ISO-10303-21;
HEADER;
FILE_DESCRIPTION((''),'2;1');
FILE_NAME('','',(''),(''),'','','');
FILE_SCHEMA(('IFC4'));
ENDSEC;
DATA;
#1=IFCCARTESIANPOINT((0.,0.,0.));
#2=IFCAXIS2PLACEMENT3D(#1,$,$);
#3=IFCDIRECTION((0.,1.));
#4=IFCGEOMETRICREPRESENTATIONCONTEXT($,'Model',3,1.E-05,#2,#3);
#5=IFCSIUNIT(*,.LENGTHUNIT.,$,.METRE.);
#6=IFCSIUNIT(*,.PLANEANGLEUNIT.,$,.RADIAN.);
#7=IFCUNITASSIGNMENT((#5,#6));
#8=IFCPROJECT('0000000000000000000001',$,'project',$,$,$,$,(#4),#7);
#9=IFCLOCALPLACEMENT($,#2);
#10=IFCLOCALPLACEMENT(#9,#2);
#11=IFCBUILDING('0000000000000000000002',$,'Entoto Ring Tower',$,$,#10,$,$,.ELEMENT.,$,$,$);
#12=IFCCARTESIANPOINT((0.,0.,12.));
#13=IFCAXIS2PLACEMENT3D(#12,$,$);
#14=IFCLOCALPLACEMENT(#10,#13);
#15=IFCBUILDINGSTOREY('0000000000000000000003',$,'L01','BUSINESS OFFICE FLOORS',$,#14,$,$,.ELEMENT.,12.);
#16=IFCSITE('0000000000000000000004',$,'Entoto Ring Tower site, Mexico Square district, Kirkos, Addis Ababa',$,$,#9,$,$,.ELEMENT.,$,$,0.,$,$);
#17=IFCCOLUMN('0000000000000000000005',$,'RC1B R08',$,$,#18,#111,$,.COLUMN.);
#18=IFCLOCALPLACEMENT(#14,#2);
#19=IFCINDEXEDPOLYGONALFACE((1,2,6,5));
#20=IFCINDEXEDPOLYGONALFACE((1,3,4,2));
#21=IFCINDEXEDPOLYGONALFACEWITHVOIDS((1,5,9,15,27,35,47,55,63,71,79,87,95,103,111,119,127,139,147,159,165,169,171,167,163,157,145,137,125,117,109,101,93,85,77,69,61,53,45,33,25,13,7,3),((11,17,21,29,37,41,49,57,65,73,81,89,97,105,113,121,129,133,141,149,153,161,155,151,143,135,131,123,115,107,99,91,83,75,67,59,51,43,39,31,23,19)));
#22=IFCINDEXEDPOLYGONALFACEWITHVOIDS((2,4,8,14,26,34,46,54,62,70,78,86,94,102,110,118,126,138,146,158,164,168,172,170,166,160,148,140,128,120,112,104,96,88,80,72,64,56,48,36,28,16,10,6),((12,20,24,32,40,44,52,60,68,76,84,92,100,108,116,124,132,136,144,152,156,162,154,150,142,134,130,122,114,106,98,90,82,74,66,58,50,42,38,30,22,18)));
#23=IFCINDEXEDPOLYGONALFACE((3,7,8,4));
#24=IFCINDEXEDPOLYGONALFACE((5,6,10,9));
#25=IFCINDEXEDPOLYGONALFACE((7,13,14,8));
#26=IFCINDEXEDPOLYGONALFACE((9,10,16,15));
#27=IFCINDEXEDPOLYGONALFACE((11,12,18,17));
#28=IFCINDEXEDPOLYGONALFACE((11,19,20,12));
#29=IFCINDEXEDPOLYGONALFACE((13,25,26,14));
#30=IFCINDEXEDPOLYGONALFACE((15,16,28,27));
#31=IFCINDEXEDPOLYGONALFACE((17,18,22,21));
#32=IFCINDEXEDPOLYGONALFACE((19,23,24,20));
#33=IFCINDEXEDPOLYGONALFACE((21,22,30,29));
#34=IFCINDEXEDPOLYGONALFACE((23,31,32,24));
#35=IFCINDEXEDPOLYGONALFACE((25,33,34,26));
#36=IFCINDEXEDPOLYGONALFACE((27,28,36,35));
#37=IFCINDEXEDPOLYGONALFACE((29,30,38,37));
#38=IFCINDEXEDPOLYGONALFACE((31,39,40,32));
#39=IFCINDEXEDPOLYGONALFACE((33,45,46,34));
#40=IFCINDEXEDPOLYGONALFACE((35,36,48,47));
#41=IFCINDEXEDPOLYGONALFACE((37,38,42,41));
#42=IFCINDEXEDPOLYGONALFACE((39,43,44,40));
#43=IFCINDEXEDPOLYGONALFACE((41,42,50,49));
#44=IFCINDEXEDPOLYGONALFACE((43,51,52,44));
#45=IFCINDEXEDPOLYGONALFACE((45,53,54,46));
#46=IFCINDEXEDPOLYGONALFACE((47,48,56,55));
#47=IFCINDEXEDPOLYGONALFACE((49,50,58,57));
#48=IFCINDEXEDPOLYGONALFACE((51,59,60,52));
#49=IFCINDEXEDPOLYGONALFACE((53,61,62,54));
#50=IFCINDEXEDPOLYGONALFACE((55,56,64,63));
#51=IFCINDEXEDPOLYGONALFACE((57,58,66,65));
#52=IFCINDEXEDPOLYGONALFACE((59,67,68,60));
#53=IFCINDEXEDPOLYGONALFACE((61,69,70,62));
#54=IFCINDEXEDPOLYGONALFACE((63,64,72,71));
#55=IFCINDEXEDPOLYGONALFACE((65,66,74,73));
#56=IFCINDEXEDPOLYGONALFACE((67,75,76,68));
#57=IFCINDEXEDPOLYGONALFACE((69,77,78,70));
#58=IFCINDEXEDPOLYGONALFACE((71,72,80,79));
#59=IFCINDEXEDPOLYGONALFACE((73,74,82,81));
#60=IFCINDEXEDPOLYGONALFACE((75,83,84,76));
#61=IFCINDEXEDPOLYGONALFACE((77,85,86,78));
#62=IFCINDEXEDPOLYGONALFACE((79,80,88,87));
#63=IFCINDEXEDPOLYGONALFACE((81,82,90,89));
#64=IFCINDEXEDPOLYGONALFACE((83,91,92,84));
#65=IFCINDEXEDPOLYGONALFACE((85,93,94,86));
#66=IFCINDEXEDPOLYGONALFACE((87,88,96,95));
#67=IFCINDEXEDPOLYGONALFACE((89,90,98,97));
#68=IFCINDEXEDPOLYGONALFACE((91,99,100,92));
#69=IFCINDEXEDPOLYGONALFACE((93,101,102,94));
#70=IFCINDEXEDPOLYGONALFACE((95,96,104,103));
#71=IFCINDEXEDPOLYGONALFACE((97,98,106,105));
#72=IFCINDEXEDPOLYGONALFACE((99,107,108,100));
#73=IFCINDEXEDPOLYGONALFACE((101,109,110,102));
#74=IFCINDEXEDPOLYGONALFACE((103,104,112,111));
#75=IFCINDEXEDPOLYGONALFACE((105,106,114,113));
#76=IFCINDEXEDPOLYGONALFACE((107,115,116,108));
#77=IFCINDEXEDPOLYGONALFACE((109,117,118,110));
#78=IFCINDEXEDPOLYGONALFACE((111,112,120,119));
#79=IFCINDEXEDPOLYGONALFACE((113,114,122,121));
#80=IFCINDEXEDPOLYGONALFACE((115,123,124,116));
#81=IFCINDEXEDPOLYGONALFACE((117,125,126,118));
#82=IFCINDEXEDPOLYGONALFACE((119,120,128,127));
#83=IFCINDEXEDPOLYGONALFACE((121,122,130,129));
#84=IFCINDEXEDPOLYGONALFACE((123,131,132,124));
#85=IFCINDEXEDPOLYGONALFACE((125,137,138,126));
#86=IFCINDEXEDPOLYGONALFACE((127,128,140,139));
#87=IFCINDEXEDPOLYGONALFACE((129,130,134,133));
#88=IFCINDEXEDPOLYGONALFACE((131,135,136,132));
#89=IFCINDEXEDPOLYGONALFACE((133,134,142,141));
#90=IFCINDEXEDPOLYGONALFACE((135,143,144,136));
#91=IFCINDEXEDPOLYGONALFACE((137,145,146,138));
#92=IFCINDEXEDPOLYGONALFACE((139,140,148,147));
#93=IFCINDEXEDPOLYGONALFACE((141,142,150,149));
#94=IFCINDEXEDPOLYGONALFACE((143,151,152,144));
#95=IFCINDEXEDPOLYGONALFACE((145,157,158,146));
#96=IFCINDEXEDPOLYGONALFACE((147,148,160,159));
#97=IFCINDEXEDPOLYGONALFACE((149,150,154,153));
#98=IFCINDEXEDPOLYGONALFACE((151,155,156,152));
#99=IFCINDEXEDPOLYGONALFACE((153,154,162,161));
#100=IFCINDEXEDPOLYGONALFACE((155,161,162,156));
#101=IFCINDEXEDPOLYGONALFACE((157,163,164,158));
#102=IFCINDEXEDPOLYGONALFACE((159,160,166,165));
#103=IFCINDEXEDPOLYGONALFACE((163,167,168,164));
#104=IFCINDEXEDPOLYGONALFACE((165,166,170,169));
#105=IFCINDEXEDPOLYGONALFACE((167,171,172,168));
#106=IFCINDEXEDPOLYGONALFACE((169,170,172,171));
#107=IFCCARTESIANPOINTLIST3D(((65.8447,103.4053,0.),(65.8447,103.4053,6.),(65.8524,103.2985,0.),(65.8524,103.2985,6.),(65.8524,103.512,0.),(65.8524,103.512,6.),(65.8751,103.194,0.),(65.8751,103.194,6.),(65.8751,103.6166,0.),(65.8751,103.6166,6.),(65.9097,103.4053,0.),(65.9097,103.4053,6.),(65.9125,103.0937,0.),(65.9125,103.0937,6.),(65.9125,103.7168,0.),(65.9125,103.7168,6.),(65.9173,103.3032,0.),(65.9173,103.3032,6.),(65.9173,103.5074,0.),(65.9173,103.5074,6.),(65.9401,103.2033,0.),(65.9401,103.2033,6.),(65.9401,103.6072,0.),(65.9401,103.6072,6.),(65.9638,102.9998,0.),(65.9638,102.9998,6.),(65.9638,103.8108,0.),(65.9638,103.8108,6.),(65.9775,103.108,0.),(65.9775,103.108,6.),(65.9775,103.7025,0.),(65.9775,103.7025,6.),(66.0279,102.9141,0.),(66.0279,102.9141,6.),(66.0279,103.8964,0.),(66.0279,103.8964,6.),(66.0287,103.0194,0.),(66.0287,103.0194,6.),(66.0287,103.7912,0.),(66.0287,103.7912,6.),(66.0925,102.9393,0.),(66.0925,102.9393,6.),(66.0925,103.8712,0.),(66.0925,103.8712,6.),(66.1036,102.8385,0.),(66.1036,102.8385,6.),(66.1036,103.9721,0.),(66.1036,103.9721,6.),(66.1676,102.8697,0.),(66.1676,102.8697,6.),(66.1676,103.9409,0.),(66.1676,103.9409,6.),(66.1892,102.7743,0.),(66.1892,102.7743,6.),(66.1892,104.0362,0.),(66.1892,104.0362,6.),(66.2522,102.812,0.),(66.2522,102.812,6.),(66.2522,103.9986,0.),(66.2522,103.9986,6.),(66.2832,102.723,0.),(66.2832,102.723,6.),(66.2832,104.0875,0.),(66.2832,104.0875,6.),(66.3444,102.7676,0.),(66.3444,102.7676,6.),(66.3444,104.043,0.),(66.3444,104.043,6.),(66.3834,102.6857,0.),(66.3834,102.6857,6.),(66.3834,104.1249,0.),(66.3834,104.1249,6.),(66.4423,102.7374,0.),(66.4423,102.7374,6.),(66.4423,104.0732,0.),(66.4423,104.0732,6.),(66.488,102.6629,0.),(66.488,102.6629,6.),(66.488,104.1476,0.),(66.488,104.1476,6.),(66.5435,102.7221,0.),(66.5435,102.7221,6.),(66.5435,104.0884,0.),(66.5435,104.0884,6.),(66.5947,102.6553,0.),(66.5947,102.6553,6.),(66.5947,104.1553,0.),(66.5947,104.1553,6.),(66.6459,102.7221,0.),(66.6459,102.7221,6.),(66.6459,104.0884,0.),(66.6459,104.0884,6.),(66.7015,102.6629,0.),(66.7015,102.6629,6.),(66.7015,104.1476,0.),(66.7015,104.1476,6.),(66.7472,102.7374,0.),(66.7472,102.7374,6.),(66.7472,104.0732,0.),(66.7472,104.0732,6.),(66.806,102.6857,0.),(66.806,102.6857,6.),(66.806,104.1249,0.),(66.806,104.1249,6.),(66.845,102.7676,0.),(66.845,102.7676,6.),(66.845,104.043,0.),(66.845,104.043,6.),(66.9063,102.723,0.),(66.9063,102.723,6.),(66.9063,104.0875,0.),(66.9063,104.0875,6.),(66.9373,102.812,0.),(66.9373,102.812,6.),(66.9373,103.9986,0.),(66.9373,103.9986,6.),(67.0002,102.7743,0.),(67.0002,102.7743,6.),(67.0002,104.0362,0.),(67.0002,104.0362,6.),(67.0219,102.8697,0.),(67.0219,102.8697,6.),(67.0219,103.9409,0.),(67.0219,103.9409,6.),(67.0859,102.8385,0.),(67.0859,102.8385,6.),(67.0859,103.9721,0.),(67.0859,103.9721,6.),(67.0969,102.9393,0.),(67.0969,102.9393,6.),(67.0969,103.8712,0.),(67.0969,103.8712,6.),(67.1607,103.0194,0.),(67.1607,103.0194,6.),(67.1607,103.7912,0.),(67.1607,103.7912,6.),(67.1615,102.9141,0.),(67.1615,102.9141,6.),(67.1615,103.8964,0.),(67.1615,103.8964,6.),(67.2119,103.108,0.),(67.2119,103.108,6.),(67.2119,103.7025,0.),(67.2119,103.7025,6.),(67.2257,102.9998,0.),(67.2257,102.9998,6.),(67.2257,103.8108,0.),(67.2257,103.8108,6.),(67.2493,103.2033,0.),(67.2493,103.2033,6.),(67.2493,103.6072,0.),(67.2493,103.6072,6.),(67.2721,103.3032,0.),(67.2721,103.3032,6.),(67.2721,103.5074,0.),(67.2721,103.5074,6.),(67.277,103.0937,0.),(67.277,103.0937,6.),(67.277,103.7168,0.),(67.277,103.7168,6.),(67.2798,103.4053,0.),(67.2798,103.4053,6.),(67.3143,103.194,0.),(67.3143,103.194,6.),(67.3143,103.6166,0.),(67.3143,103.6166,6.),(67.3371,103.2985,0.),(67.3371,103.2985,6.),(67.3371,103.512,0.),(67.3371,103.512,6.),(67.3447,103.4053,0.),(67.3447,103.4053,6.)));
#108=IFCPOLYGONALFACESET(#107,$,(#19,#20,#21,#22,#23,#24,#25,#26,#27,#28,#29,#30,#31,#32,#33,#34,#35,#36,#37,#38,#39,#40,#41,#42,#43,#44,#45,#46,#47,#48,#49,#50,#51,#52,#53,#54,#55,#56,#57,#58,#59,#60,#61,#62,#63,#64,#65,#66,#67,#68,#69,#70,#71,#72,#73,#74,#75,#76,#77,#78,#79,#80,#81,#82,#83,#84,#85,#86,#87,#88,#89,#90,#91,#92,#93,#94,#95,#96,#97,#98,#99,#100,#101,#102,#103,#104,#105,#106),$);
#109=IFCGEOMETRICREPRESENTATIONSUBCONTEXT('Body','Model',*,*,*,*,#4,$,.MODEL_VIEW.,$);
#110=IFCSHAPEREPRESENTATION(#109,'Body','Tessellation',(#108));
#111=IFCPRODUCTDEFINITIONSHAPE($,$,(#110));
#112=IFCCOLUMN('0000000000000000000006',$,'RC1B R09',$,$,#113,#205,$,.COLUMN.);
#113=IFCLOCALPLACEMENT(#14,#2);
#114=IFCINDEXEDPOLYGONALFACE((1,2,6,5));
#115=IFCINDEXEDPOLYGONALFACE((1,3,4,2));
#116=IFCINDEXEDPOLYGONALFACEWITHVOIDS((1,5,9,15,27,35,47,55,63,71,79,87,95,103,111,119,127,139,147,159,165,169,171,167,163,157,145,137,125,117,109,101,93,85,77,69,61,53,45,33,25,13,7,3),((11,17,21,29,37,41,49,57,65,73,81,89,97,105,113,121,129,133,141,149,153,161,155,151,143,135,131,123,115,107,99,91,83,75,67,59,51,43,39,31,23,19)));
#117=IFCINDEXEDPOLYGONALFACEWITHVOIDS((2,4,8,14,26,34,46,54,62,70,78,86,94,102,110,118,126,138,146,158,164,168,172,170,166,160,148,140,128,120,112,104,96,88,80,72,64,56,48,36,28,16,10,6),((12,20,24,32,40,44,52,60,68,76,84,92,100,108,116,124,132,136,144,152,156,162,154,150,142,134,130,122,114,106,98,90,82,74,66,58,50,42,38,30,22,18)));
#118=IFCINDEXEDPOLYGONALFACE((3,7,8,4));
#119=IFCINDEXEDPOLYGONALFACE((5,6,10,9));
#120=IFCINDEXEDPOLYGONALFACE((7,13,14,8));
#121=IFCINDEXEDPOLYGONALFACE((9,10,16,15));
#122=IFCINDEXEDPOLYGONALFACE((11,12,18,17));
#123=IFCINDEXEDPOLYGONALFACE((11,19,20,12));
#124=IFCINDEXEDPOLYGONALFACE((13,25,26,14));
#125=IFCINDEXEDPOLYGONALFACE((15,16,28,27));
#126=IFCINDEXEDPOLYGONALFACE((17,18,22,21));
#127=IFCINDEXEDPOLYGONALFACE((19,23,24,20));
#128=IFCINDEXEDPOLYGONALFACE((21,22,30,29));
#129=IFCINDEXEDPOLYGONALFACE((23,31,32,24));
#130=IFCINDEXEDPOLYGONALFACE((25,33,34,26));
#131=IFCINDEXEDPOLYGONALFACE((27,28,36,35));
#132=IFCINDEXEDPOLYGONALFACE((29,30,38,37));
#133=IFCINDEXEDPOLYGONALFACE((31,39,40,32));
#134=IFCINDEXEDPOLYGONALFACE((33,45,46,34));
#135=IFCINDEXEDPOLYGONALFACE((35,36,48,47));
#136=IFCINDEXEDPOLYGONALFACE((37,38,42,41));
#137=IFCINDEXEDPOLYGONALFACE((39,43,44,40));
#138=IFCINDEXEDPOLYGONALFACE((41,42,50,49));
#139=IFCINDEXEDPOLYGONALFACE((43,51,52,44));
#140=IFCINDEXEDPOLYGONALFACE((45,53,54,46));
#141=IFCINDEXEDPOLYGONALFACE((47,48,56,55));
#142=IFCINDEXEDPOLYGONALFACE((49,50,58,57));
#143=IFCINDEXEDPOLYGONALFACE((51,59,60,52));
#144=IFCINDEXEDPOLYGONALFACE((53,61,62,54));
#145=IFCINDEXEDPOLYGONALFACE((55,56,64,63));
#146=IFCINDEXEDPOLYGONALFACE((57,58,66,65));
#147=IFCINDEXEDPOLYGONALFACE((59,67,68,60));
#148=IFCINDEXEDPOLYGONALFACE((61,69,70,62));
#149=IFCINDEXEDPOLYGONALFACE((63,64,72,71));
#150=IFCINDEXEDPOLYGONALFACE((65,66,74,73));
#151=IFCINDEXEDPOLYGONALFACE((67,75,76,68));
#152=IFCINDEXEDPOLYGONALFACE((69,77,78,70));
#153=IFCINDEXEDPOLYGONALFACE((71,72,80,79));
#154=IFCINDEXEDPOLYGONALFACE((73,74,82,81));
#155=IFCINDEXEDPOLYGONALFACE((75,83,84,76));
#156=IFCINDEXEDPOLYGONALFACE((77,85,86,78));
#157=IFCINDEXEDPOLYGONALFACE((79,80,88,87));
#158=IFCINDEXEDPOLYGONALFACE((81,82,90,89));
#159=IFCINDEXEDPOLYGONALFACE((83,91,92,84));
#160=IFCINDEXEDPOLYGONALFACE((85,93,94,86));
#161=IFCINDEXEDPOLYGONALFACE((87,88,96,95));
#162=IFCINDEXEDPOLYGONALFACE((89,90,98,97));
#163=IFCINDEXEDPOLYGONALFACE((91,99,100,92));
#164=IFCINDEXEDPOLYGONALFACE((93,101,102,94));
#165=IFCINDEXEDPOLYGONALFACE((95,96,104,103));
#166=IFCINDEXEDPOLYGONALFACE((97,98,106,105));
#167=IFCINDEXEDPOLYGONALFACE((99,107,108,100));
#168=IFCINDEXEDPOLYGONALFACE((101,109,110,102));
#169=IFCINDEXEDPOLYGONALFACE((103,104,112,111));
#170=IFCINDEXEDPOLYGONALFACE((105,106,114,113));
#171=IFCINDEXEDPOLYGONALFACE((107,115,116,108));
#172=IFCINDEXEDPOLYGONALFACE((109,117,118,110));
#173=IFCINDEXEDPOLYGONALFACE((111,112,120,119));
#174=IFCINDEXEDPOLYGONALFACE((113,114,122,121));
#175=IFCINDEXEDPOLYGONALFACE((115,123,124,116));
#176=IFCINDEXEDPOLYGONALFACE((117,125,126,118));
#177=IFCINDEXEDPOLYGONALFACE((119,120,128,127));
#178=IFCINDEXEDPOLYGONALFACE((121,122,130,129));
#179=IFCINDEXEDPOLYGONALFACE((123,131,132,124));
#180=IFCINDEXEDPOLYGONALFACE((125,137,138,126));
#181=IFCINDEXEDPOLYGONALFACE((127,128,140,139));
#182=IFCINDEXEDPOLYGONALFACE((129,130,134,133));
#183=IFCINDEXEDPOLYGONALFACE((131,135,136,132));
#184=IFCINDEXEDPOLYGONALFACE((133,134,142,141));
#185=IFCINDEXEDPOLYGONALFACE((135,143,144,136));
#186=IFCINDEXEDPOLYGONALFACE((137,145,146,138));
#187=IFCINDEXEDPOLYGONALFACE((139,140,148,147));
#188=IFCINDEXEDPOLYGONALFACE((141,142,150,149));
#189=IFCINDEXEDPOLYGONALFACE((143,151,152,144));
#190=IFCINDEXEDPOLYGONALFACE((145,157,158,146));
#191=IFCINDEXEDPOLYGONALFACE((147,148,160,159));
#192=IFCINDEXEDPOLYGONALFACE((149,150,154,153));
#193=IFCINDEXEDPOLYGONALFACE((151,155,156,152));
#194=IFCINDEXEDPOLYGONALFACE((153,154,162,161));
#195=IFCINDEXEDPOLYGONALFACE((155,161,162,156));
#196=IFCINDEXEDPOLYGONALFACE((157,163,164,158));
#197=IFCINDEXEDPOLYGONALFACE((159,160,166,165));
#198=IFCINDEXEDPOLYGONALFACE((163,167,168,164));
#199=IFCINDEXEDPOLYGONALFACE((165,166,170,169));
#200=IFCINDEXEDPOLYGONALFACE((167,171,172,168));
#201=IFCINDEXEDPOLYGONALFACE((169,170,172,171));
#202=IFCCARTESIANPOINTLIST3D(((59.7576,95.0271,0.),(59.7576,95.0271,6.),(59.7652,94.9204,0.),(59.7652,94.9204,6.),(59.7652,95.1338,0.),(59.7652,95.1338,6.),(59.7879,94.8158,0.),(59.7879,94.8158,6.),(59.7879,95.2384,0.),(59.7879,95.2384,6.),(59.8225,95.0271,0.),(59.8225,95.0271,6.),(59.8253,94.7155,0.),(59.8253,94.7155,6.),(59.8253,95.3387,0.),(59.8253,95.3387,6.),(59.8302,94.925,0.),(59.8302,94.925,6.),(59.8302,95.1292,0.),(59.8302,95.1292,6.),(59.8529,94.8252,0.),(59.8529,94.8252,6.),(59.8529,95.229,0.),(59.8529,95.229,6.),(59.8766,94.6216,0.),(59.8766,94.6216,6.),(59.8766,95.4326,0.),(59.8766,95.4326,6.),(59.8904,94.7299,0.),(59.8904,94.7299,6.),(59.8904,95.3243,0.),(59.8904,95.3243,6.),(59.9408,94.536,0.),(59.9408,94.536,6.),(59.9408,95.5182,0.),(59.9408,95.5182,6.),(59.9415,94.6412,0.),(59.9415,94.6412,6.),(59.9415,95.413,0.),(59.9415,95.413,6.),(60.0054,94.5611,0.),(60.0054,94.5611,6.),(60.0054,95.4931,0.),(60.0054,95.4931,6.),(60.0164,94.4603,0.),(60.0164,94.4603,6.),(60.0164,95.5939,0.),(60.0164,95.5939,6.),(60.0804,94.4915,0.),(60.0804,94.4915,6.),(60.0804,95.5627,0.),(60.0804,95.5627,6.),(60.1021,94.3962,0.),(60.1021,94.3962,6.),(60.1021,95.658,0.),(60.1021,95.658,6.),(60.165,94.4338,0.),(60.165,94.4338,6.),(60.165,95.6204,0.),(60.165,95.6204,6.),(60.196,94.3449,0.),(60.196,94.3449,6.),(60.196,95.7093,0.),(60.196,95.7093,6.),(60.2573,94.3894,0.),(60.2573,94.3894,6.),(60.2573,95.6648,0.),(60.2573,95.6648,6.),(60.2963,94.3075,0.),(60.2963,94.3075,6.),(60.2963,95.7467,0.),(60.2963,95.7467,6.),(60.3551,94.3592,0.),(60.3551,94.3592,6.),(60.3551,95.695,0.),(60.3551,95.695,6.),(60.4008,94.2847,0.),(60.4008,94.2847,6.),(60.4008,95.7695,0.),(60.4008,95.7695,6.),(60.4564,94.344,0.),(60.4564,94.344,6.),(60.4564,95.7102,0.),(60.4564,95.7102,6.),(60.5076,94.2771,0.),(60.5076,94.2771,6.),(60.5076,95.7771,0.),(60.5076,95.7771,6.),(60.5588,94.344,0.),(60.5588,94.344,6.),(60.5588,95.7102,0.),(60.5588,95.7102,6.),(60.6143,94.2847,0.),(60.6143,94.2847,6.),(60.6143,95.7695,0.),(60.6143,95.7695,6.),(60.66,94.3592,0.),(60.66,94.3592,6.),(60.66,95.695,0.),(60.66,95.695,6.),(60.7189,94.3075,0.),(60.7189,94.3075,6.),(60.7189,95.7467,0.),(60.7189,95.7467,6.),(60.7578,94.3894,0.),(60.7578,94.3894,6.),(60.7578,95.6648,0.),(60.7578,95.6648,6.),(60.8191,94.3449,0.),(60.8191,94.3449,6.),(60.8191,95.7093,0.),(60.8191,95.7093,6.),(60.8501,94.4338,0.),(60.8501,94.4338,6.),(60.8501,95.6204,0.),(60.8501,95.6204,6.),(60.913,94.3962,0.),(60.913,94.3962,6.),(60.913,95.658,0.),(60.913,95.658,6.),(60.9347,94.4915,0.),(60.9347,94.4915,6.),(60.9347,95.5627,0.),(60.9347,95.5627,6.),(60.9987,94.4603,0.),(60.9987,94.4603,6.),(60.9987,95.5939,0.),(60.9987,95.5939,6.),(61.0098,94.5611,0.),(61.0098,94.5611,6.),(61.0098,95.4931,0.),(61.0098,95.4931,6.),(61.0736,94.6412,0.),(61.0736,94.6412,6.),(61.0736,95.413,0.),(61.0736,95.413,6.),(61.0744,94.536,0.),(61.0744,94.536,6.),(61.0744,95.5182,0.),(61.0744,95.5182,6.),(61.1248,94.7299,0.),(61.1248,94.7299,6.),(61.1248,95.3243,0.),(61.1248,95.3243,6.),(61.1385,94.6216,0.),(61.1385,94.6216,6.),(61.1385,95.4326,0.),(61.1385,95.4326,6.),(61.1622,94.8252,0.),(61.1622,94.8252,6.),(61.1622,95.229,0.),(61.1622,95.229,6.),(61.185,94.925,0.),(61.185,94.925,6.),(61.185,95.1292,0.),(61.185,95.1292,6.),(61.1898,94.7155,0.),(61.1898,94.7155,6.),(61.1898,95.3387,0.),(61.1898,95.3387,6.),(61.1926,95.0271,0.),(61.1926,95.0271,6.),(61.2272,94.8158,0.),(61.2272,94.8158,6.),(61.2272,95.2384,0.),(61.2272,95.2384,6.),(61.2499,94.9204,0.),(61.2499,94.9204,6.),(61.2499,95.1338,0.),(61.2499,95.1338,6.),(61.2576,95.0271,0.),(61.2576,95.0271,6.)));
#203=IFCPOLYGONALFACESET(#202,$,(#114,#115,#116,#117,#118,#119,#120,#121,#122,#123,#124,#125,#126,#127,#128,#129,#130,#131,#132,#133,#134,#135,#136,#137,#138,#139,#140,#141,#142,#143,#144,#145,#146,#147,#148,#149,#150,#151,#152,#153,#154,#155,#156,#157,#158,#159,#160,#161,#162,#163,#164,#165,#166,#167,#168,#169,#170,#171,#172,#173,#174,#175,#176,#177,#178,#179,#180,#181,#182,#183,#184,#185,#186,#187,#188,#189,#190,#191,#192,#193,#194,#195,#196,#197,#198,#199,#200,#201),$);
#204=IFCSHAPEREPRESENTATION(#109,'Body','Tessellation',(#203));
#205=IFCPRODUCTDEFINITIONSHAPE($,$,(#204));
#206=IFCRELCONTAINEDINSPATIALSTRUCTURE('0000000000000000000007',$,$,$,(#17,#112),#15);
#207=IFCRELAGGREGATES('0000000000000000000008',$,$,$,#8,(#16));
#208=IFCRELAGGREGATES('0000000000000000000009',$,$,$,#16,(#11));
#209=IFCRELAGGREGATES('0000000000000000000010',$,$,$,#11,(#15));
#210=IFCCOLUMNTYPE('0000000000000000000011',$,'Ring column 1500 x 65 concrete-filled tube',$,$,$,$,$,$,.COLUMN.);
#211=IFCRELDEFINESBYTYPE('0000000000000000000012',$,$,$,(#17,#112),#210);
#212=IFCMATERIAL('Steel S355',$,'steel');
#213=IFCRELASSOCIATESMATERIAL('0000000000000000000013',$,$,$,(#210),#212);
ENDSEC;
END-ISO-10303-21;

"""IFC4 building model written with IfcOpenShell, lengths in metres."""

from ifc_helpers import new_model, si_unit, direction, frame, origin, origin_2d, place, context, subcontext, project, spatial, circle, hollow_circle, extrude, material, material_profile, profile_set, type_object, element, save


model = new_model("IFC4")

# Units and contexts
model_context = context("Model", 3, precision=1e-05, world=origin(), true_north=direction((0.0, 1.0)))
body_context = subcontext(model_context, "Body", "Model", "MODEL_VIEW")
ifc_project = project(units=[si_unit("LENGTHUNIT", "METRE"), si_unit("PLANEANGLEUNIT", "RADIAN")], contexts=[model_context])

# Site, building, storey
site_placement = place(None, origin())
site = spatial("IfcSite", under=ifc_project, at=site_placement, Name="Entoto Ring Tower site, Mexico Square district, Kirkos, Addis Ababa", CompositionType="ELEMENT", RefElevation=0.0)
building_placement = place(site_placement, origin())
building = spatial("IfcBuilding", under=site, at=building_placement, Name="Entoto Ring Tower", CompositionType="ELEMENT")
storey_placement = place(building_placement, frame((0.0, 0.0, 12.0)))
storey = spatial("IfcBuildingStorey", under=building, at=storey_placement, Name="L01", Description="BUSINESS OFFICE FLOORS", CompositionType="ELEMENT", Elevation=12.0)

# Columns
ifc_material_1 = material(Name="Steel S355", Category="steel")
ifc_material_profile_1 = material_profile(ifc_material_1, hollow_circle(Radius=0.75, WallThickness=0.0649, at=origin_2d()), Name="CHS 1500 x 65")
ifc_material_2 = material(Name="Concrete C60/75", Category="concrete")
ifc_material_profile_2 = material_profile(ifc_material_2, circle(Radius=0.6851, at=origin_2d()), Name="Concrete C60/75 infill")
ifc_profile_set_1 = profile_set([ifc_material_profile_1, ifc_material_profile_2], Name="Steel S355")
column_type = type_object("IfcColumnType", Name="Ring column 1500 x 65 concrete-filled tube", PredefinedType="COLUMN", material=ifc_profile_set_1)
for number, where, z_axis, x_axis, name in (
    (1, (66.5947, 103.4053, 0.0), (0.0, 0.0, 1.0), (1.0, 0.0, 0.0), "RC1B R08"),
    (2, (60.5076, 95.0271, 0.0), (0.0, 0.0, 1.0), (1.0, 0.0, 0.0), "RC1B R09"),
):
    element("IfcColumn", number, at=place(storey_placement, frame(where, z_axis=z_axis, x_axis=x_axis)), inside=storey, type_object=column_type, Name=name, PredefinedType="COLUMN", context=body_context, shape_type="SweptSolid", body=[
        extrude(hollow_circle(Radius=0.75, WallThickness=0.0649, at=origin_2d()), origin(), (0.0, 0.0, 1.0), 6.0),
    ])

save(model, "model.ifc")
